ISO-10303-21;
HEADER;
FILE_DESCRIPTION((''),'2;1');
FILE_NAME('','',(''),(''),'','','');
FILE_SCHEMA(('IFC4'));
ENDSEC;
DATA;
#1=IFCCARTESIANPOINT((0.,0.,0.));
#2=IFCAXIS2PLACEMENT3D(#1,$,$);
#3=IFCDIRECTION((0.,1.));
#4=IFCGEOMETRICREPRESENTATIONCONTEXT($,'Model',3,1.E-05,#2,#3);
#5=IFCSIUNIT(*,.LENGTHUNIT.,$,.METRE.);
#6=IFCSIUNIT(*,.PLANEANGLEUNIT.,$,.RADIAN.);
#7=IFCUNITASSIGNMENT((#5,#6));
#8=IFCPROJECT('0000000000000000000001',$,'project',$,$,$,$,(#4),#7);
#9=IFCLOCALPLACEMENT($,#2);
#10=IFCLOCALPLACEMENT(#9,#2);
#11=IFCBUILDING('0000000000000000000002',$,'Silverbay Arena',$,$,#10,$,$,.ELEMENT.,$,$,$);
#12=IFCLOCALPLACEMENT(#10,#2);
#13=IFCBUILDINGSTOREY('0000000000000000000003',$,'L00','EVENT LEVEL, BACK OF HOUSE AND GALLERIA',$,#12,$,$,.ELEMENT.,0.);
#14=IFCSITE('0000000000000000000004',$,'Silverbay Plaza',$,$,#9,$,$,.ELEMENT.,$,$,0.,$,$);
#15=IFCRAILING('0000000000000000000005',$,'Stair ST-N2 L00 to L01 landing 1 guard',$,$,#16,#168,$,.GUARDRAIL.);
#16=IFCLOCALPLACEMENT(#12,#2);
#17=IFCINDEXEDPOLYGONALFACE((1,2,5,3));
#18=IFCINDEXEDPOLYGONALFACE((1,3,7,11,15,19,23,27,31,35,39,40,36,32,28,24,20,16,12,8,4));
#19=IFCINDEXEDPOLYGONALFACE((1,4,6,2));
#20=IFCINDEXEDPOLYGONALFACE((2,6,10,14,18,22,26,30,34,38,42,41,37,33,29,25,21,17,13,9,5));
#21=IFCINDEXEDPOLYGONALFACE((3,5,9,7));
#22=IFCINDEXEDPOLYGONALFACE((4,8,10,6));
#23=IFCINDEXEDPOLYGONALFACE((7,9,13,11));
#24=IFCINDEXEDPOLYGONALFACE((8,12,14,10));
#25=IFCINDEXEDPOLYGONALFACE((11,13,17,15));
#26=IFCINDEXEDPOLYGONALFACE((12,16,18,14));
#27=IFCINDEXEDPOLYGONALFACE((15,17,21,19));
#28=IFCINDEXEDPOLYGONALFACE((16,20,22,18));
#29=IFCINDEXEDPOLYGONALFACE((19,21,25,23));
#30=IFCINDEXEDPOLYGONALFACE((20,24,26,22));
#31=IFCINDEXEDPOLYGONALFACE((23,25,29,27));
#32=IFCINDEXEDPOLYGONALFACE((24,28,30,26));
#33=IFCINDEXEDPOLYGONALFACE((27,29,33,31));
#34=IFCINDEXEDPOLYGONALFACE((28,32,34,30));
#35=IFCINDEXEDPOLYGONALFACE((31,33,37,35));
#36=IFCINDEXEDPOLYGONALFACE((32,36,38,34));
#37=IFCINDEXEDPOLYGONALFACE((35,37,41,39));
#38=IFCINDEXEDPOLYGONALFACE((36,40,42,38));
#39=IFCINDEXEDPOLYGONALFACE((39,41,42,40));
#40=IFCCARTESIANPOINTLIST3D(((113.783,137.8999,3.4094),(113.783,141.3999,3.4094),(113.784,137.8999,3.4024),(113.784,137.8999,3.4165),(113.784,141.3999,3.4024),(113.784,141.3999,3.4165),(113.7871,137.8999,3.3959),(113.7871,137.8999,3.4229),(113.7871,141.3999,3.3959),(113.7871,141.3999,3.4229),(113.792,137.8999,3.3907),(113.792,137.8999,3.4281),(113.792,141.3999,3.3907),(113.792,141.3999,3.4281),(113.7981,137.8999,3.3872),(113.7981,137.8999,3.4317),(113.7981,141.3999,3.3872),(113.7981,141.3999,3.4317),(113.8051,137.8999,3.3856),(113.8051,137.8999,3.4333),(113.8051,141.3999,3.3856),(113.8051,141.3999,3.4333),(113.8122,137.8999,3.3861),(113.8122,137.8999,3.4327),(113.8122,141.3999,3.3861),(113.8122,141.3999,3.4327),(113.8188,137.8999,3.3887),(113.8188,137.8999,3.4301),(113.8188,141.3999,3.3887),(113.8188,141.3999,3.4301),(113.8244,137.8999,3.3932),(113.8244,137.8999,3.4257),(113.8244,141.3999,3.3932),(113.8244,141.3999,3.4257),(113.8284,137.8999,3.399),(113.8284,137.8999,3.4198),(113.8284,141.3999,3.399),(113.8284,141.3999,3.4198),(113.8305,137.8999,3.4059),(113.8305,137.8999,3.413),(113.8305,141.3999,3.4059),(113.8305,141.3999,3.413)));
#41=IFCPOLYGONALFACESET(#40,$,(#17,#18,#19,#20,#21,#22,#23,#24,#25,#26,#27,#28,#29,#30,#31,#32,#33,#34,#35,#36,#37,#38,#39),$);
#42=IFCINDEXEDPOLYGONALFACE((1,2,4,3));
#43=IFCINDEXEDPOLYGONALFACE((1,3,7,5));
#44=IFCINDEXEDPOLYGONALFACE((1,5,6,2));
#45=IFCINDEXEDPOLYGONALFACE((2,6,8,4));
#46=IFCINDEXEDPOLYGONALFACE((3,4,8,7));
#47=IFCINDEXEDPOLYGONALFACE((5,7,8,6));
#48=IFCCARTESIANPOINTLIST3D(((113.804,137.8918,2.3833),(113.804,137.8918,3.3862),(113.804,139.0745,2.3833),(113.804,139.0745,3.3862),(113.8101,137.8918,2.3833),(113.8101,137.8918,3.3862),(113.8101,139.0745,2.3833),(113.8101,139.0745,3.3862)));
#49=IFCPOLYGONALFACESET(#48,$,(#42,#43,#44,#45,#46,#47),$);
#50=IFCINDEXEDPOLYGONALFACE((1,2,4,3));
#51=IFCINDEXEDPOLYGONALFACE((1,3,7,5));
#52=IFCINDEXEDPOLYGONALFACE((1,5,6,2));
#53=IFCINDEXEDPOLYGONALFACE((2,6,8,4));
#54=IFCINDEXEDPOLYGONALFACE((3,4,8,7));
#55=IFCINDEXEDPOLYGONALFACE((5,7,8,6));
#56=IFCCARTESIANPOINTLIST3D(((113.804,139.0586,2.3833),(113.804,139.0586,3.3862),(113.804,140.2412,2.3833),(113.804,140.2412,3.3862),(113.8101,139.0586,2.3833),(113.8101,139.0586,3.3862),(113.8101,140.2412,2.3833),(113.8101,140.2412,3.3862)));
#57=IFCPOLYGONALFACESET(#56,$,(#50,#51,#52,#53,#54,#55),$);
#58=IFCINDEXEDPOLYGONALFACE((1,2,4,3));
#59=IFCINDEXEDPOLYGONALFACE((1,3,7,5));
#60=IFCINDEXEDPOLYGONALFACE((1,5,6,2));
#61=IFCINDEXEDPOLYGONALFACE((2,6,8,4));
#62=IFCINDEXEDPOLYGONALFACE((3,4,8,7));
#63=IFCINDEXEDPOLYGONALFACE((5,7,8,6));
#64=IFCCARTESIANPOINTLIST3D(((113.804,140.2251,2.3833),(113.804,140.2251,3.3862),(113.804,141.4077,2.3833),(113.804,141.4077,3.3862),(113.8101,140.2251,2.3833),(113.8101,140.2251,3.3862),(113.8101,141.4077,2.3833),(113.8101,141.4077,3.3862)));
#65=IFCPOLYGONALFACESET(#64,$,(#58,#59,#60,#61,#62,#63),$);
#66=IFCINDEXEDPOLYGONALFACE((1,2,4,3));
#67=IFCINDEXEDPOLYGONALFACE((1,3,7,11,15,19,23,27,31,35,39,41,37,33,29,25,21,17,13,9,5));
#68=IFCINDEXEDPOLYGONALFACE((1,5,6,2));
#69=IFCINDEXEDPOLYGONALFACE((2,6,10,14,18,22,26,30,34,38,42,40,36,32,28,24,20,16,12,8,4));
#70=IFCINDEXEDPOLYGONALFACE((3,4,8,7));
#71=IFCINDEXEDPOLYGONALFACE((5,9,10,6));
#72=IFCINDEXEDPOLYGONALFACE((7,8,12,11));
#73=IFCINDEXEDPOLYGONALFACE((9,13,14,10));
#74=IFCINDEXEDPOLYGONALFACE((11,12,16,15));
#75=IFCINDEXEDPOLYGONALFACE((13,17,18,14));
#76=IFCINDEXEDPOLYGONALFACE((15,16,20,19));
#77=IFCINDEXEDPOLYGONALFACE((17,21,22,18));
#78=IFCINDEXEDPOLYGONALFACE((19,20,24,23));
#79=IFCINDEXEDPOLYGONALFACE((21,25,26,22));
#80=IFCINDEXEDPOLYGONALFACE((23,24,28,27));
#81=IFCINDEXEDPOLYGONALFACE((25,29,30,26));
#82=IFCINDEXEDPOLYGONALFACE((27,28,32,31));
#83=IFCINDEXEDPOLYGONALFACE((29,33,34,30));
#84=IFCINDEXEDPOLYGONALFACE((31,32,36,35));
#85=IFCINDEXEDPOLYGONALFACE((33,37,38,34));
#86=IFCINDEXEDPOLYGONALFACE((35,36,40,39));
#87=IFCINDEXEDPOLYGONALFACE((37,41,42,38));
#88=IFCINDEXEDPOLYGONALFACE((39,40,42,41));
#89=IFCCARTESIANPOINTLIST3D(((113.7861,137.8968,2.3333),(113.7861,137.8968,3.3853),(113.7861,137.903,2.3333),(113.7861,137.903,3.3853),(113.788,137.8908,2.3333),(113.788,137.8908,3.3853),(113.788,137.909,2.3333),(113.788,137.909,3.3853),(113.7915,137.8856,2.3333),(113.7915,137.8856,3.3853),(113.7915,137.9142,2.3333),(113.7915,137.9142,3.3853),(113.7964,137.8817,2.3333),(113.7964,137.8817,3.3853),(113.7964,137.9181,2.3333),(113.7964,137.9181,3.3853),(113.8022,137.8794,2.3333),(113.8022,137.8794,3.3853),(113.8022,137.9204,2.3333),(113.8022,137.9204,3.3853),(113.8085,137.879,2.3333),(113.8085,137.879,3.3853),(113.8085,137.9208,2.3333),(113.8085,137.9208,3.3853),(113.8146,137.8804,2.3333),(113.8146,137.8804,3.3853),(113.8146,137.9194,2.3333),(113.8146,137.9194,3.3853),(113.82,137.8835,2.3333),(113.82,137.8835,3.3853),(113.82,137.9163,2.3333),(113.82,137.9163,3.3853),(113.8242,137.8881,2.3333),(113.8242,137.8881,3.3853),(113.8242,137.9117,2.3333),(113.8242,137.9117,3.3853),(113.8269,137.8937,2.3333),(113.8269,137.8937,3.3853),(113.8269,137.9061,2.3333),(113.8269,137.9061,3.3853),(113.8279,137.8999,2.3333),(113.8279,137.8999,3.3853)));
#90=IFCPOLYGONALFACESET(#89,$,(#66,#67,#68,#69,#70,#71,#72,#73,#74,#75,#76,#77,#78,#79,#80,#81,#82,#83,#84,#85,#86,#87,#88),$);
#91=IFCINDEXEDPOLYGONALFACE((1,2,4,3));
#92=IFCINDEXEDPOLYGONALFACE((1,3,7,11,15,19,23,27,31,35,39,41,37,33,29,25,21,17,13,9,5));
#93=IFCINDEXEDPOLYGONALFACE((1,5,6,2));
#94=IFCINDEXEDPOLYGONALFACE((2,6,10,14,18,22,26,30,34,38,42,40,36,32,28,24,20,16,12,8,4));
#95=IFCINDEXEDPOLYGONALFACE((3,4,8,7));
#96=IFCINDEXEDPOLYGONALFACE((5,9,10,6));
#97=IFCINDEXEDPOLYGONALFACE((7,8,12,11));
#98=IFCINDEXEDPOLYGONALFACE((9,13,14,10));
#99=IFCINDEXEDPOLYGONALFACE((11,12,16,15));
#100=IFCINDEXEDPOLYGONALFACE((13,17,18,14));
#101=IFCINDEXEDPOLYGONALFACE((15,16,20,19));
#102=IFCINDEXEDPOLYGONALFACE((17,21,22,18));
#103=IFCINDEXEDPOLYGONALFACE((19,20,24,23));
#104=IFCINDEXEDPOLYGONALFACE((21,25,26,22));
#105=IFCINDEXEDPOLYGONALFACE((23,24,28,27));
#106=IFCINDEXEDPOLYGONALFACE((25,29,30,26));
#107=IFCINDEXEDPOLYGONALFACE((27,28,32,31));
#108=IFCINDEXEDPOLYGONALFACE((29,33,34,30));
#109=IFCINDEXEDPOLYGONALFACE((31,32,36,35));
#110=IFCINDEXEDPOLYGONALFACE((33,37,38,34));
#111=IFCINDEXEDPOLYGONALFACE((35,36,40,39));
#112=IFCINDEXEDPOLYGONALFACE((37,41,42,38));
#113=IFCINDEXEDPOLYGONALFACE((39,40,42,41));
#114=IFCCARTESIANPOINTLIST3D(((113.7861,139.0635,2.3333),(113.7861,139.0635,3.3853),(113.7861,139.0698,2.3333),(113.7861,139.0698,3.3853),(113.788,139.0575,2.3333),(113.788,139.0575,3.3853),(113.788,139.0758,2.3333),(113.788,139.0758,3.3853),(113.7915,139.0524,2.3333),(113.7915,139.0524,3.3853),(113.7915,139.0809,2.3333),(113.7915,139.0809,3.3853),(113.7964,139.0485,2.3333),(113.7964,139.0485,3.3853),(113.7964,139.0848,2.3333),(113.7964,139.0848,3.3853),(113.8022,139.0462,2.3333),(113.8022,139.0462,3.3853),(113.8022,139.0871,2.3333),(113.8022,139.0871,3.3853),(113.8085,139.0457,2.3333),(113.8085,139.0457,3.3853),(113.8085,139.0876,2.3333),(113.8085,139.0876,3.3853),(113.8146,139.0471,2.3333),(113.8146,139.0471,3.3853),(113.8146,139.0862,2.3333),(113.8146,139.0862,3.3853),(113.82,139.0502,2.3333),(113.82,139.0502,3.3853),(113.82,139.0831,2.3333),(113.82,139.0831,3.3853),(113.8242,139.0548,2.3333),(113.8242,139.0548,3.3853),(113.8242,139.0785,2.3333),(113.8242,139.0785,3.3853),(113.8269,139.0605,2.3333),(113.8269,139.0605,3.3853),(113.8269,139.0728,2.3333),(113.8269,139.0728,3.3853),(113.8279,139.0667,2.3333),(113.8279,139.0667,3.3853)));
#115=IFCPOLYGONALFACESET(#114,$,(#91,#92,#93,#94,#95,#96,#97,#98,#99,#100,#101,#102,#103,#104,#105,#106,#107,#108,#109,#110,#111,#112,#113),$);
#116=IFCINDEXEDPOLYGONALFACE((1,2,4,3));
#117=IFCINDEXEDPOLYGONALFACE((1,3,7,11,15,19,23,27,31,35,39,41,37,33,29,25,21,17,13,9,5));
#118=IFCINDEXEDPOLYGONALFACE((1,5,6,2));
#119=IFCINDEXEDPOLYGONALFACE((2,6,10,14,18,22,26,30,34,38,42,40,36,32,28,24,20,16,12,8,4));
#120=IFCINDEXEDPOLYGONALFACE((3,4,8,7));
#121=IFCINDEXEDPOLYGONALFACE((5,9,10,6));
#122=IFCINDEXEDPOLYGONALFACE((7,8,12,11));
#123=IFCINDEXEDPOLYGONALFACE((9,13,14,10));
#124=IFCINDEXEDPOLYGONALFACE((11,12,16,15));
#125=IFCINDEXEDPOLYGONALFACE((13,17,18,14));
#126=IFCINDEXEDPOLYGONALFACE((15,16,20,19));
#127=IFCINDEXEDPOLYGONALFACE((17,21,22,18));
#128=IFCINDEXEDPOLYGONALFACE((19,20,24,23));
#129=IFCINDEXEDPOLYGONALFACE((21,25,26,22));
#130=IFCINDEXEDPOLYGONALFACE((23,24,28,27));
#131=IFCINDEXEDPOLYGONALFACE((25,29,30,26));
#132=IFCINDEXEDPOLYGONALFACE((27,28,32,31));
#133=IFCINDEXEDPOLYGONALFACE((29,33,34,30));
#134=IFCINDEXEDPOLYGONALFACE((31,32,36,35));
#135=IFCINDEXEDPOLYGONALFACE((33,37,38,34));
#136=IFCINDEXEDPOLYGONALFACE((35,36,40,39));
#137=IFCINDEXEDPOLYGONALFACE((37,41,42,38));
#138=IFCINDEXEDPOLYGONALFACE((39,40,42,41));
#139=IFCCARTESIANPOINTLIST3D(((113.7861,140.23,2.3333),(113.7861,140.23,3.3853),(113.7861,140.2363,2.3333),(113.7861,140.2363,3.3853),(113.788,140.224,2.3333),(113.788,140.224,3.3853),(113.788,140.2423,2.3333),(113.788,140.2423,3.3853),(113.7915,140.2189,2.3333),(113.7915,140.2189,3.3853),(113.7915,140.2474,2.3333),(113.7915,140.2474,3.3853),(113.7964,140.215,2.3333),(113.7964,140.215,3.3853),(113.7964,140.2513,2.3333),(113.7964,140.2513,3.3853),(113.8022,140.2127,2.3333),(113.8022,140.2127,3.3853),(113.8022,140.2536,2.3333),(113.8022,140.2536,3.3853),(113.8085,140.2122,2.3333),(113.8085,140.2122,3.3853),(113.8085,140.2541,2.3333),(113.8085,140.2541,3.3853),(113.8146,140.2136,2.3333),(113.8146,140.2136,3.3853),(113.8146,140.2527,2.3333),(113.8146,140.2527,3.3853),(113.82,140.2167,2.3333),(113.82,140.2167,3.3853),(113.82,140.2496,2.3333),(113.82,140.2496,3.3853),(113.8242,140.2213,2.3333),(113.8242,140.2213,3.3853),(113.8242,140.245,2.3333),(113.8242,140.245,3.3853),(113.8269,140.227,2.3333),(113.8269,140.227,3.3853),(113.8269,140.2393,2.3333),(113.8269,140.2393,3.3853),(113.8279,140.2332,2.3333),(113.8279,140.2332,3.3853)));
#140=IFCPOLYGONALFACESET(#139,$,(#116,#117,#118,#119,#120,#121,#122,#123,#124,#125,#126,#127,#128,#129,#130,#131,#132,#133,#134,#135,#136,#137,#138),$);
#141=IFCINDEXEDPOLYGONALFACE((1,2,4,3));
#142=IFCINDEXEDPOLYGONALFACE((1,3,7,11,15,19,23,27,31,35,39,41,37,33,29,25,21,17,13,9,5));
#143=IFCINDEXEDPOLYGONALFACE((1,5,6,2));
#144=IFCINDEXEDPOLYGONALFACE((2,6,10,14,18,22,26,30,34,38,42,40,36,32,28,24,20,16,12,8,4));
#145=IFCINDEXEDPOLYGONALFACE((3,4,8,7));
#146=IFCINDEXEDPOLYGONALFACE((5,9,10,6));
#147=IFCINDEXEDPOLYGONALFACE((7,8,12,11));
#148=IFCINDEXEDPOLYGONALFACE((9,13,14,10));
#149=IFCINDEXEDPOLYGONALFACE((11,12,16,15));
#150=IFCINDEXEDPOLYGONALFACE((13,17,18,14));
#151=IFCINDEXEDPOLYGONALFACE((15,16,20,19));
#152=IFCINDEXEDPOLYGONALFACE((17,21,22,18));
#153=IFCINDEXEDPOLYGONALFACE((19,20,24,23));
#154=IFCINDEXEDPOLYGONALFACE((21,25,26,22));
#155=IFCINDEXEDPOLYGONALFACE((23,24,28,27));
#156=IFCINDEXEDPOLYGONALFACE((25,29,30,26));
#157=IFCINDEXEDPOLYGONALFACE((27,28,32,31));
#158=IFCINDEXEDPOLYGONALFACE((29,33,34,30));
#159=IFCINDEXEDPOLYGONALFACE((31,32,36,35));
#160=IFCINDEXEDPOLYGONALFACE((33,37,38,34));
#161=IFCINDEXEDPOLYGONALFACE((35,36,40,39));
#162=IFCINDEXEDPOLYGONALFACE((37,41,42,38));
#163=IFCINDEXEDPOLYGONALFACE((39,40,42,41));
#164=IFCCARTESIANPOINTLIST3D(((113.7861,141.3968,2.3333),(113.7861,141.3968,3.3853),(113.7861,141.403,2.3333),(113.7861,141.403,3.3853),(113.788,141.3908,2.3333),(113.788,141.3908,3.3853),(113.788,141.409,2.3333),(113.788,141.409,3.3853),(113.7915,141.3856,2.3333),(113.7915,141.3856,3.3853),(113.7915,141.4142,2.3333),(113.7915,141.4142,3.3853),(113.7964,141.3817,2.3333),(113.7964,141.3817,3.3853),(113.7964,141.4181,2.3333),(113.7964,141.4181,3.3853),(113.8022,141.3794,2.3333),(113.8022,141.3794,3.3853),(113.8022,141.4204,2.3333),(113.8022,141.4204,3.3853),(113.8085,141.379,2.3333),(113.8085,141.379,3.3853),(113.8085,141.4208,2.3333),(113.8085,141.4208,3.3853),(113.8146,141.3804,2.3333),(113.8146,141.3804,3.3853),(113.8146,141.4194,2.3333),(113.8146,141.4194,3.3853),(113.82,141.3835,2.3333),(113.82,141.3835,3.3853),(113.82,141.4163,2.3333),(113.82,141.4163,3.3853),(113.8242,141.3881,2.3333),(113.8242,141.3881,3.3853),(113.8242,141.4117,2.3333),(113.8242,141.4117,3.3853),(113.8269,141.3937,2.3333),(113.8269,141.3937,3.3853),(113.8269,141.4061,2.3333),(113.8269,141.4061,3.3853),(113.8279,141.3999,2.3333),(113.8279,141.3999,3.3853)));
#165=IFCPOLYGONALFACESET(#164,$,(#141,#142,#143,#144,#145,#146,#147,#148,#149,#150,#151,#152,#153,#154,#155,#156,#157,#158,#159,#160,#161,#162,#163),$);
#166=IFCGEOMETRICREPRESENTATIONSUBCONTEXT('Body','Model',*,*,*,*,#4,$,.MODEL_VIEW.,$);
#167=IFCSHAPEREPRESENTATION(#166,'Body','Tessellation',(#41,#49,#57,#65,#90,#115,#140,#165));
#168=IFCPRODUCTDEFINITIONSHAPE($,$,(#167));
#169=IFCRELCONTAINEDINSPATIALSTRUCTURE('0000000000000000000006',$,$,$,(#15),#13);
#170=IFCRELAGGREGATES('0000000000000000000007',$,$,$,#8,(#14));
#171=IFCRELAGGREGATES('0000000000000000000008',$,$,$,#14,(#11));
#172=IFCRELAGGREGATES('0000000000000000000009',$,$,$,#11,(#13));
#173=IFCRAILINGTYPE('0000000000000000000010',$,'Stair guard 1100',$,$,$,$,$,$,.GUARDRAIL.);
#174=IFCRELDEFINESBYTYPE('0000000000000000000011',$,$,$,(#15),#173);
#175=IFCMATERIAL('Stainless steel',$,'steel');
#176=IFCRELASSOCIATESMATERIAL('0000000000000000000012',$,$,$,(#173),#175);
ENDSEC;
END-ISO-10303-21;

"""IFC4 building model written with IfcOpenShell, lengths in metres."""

from ifc_helpers import new_model, si_unit, direction, frame, origin, origin_2d, place, context, subcontext, project, spatial, polyline, circle, outline, extrude, material, type_object, element, save


model = new_model("IFC4")

# Units and contexts
model_context = context("Model", 3, precision=1e-05, world=origin(), true_north=direction((0.0, 1.0)))
body_context = subcontext(model_context, "Body", "Model", "MODEL_VIEW")
ifc_project = project(units=[si_unit("LENGTHUNIT", "METRE"), si_unit("PLANEANGLEUNIT", "RADIAN")], contexts=[model_context])

# Site, building, storey
site_placement = place(None, origin())
site = spatial("IfcSite", under=ifc_project, at=site_placement, Name="Silverbay Plaza", CompositionType="ELEMENT", RefElevation=0.0)
building_placement = place(site_placement, origin())
building = spatial("IfcBuilding", under=site, at=building_placement, Name="Silverbay Arena", CompositionType="ELEMENT")
storey_placement = place(building_placement, origin())
storey = spatial("IfcBuildingStorey", under=building, at=storey_placement, Name="L00", Description="EVENT LEVEL, BACK OF HOUSE AND GALLERIA", CompositionType="ELEMENT", Elevation=0.0)

# Railing
ifc_material_1 = material(Name="Stainless steel", Category="steel")
railing_type_1 = type_object("IfcRailingType", Name="Stair guard 1100", PredefinedType="GUARDRAIL", material=ifc_material_1)
for number, where, name in (
    (1, (113.8069, 137.8999, 2.3333), "Stair ST-N2 L00 to L01 landing 1 guard"),
):
    element("IfcRailing", number, at=place(storey_placement, frame(where)), inside=storey, type_object=railing_type_1, Name=name, PredefinedType="GUARDRAIL", context=body_context, shape_type="SweptSolid", body=[
        extrude(circle(Radius=0.0239, at=origin_2d()), frame((0.0, 0.0, 1.0762), z_axis=(0.0, 1.0, 0.0), x_axis=(-1.0, 0.0, 0.0)), (0.0, 0.0, 1.0), 3.5),
        extrude(outline(polyline([(-0.0081, 0.05), (1.1746, 0.05), (1.1746, 1.053), (-0.0081, 1.053), (-0.0081, 0.05)])), frame((-0.0029, 0.0, 0.0), z_axis=(1.0, 0.0, 0.0), x_axis=(0.0, 1.0, 0.0)), (0.0, 0.0, 1.0), 0.0061),
        extrude(outline(polyline([(-0.0081, 0.05), (1.1746, 0.05), (1.1746, 1.053), (-0.0081, 1.053), (-0.0081, 0.05)])), frame((-0.0029, 1.1667, 0.0), z_axis=(1.0, 0.0, 0.0), x_axis=(0.0, 1.0, 0.0)), (0.0, 0.0, 1.0), 0.0061),
        extrude(outline(polyline([(-0.0081, 0.05), (1.1746, 0.05), (1.1746, 1.053), (-0.0081, 1.053), (-0.0081, 0.05)])), frame((-0.0029, 2.3333, 0.0), z_axis=(1.0, 0.0, 0.0), x_axis=(0.0, 1.0, 0.0)), (0.0, 0.0, 1.0), 0.0061),
        extrude(circle(Radius=0.021, at=origin_2d()), origin(), (0.0, 0.0, 1.0), 1.052),
        extrude(circle(Radius=0.021, at=origin_2d()), frame((0.0, 1.1667, 0.0)), (0.0, 0.0, 1.0), 1.052),
        extrude(circle(Radius=0.021, at=origin_2d()), frame((0.0, 2.3333, 0.0)), (0.0, 0.0, 1.0), 1.052),
        extrude(circle(Radius=0.021, at=origin_2d()), frame((0.0, 3.5, 0.0)), (0.0, 0.0, 1.0), 1.052),
    ])

save(model, "model.ifc")
